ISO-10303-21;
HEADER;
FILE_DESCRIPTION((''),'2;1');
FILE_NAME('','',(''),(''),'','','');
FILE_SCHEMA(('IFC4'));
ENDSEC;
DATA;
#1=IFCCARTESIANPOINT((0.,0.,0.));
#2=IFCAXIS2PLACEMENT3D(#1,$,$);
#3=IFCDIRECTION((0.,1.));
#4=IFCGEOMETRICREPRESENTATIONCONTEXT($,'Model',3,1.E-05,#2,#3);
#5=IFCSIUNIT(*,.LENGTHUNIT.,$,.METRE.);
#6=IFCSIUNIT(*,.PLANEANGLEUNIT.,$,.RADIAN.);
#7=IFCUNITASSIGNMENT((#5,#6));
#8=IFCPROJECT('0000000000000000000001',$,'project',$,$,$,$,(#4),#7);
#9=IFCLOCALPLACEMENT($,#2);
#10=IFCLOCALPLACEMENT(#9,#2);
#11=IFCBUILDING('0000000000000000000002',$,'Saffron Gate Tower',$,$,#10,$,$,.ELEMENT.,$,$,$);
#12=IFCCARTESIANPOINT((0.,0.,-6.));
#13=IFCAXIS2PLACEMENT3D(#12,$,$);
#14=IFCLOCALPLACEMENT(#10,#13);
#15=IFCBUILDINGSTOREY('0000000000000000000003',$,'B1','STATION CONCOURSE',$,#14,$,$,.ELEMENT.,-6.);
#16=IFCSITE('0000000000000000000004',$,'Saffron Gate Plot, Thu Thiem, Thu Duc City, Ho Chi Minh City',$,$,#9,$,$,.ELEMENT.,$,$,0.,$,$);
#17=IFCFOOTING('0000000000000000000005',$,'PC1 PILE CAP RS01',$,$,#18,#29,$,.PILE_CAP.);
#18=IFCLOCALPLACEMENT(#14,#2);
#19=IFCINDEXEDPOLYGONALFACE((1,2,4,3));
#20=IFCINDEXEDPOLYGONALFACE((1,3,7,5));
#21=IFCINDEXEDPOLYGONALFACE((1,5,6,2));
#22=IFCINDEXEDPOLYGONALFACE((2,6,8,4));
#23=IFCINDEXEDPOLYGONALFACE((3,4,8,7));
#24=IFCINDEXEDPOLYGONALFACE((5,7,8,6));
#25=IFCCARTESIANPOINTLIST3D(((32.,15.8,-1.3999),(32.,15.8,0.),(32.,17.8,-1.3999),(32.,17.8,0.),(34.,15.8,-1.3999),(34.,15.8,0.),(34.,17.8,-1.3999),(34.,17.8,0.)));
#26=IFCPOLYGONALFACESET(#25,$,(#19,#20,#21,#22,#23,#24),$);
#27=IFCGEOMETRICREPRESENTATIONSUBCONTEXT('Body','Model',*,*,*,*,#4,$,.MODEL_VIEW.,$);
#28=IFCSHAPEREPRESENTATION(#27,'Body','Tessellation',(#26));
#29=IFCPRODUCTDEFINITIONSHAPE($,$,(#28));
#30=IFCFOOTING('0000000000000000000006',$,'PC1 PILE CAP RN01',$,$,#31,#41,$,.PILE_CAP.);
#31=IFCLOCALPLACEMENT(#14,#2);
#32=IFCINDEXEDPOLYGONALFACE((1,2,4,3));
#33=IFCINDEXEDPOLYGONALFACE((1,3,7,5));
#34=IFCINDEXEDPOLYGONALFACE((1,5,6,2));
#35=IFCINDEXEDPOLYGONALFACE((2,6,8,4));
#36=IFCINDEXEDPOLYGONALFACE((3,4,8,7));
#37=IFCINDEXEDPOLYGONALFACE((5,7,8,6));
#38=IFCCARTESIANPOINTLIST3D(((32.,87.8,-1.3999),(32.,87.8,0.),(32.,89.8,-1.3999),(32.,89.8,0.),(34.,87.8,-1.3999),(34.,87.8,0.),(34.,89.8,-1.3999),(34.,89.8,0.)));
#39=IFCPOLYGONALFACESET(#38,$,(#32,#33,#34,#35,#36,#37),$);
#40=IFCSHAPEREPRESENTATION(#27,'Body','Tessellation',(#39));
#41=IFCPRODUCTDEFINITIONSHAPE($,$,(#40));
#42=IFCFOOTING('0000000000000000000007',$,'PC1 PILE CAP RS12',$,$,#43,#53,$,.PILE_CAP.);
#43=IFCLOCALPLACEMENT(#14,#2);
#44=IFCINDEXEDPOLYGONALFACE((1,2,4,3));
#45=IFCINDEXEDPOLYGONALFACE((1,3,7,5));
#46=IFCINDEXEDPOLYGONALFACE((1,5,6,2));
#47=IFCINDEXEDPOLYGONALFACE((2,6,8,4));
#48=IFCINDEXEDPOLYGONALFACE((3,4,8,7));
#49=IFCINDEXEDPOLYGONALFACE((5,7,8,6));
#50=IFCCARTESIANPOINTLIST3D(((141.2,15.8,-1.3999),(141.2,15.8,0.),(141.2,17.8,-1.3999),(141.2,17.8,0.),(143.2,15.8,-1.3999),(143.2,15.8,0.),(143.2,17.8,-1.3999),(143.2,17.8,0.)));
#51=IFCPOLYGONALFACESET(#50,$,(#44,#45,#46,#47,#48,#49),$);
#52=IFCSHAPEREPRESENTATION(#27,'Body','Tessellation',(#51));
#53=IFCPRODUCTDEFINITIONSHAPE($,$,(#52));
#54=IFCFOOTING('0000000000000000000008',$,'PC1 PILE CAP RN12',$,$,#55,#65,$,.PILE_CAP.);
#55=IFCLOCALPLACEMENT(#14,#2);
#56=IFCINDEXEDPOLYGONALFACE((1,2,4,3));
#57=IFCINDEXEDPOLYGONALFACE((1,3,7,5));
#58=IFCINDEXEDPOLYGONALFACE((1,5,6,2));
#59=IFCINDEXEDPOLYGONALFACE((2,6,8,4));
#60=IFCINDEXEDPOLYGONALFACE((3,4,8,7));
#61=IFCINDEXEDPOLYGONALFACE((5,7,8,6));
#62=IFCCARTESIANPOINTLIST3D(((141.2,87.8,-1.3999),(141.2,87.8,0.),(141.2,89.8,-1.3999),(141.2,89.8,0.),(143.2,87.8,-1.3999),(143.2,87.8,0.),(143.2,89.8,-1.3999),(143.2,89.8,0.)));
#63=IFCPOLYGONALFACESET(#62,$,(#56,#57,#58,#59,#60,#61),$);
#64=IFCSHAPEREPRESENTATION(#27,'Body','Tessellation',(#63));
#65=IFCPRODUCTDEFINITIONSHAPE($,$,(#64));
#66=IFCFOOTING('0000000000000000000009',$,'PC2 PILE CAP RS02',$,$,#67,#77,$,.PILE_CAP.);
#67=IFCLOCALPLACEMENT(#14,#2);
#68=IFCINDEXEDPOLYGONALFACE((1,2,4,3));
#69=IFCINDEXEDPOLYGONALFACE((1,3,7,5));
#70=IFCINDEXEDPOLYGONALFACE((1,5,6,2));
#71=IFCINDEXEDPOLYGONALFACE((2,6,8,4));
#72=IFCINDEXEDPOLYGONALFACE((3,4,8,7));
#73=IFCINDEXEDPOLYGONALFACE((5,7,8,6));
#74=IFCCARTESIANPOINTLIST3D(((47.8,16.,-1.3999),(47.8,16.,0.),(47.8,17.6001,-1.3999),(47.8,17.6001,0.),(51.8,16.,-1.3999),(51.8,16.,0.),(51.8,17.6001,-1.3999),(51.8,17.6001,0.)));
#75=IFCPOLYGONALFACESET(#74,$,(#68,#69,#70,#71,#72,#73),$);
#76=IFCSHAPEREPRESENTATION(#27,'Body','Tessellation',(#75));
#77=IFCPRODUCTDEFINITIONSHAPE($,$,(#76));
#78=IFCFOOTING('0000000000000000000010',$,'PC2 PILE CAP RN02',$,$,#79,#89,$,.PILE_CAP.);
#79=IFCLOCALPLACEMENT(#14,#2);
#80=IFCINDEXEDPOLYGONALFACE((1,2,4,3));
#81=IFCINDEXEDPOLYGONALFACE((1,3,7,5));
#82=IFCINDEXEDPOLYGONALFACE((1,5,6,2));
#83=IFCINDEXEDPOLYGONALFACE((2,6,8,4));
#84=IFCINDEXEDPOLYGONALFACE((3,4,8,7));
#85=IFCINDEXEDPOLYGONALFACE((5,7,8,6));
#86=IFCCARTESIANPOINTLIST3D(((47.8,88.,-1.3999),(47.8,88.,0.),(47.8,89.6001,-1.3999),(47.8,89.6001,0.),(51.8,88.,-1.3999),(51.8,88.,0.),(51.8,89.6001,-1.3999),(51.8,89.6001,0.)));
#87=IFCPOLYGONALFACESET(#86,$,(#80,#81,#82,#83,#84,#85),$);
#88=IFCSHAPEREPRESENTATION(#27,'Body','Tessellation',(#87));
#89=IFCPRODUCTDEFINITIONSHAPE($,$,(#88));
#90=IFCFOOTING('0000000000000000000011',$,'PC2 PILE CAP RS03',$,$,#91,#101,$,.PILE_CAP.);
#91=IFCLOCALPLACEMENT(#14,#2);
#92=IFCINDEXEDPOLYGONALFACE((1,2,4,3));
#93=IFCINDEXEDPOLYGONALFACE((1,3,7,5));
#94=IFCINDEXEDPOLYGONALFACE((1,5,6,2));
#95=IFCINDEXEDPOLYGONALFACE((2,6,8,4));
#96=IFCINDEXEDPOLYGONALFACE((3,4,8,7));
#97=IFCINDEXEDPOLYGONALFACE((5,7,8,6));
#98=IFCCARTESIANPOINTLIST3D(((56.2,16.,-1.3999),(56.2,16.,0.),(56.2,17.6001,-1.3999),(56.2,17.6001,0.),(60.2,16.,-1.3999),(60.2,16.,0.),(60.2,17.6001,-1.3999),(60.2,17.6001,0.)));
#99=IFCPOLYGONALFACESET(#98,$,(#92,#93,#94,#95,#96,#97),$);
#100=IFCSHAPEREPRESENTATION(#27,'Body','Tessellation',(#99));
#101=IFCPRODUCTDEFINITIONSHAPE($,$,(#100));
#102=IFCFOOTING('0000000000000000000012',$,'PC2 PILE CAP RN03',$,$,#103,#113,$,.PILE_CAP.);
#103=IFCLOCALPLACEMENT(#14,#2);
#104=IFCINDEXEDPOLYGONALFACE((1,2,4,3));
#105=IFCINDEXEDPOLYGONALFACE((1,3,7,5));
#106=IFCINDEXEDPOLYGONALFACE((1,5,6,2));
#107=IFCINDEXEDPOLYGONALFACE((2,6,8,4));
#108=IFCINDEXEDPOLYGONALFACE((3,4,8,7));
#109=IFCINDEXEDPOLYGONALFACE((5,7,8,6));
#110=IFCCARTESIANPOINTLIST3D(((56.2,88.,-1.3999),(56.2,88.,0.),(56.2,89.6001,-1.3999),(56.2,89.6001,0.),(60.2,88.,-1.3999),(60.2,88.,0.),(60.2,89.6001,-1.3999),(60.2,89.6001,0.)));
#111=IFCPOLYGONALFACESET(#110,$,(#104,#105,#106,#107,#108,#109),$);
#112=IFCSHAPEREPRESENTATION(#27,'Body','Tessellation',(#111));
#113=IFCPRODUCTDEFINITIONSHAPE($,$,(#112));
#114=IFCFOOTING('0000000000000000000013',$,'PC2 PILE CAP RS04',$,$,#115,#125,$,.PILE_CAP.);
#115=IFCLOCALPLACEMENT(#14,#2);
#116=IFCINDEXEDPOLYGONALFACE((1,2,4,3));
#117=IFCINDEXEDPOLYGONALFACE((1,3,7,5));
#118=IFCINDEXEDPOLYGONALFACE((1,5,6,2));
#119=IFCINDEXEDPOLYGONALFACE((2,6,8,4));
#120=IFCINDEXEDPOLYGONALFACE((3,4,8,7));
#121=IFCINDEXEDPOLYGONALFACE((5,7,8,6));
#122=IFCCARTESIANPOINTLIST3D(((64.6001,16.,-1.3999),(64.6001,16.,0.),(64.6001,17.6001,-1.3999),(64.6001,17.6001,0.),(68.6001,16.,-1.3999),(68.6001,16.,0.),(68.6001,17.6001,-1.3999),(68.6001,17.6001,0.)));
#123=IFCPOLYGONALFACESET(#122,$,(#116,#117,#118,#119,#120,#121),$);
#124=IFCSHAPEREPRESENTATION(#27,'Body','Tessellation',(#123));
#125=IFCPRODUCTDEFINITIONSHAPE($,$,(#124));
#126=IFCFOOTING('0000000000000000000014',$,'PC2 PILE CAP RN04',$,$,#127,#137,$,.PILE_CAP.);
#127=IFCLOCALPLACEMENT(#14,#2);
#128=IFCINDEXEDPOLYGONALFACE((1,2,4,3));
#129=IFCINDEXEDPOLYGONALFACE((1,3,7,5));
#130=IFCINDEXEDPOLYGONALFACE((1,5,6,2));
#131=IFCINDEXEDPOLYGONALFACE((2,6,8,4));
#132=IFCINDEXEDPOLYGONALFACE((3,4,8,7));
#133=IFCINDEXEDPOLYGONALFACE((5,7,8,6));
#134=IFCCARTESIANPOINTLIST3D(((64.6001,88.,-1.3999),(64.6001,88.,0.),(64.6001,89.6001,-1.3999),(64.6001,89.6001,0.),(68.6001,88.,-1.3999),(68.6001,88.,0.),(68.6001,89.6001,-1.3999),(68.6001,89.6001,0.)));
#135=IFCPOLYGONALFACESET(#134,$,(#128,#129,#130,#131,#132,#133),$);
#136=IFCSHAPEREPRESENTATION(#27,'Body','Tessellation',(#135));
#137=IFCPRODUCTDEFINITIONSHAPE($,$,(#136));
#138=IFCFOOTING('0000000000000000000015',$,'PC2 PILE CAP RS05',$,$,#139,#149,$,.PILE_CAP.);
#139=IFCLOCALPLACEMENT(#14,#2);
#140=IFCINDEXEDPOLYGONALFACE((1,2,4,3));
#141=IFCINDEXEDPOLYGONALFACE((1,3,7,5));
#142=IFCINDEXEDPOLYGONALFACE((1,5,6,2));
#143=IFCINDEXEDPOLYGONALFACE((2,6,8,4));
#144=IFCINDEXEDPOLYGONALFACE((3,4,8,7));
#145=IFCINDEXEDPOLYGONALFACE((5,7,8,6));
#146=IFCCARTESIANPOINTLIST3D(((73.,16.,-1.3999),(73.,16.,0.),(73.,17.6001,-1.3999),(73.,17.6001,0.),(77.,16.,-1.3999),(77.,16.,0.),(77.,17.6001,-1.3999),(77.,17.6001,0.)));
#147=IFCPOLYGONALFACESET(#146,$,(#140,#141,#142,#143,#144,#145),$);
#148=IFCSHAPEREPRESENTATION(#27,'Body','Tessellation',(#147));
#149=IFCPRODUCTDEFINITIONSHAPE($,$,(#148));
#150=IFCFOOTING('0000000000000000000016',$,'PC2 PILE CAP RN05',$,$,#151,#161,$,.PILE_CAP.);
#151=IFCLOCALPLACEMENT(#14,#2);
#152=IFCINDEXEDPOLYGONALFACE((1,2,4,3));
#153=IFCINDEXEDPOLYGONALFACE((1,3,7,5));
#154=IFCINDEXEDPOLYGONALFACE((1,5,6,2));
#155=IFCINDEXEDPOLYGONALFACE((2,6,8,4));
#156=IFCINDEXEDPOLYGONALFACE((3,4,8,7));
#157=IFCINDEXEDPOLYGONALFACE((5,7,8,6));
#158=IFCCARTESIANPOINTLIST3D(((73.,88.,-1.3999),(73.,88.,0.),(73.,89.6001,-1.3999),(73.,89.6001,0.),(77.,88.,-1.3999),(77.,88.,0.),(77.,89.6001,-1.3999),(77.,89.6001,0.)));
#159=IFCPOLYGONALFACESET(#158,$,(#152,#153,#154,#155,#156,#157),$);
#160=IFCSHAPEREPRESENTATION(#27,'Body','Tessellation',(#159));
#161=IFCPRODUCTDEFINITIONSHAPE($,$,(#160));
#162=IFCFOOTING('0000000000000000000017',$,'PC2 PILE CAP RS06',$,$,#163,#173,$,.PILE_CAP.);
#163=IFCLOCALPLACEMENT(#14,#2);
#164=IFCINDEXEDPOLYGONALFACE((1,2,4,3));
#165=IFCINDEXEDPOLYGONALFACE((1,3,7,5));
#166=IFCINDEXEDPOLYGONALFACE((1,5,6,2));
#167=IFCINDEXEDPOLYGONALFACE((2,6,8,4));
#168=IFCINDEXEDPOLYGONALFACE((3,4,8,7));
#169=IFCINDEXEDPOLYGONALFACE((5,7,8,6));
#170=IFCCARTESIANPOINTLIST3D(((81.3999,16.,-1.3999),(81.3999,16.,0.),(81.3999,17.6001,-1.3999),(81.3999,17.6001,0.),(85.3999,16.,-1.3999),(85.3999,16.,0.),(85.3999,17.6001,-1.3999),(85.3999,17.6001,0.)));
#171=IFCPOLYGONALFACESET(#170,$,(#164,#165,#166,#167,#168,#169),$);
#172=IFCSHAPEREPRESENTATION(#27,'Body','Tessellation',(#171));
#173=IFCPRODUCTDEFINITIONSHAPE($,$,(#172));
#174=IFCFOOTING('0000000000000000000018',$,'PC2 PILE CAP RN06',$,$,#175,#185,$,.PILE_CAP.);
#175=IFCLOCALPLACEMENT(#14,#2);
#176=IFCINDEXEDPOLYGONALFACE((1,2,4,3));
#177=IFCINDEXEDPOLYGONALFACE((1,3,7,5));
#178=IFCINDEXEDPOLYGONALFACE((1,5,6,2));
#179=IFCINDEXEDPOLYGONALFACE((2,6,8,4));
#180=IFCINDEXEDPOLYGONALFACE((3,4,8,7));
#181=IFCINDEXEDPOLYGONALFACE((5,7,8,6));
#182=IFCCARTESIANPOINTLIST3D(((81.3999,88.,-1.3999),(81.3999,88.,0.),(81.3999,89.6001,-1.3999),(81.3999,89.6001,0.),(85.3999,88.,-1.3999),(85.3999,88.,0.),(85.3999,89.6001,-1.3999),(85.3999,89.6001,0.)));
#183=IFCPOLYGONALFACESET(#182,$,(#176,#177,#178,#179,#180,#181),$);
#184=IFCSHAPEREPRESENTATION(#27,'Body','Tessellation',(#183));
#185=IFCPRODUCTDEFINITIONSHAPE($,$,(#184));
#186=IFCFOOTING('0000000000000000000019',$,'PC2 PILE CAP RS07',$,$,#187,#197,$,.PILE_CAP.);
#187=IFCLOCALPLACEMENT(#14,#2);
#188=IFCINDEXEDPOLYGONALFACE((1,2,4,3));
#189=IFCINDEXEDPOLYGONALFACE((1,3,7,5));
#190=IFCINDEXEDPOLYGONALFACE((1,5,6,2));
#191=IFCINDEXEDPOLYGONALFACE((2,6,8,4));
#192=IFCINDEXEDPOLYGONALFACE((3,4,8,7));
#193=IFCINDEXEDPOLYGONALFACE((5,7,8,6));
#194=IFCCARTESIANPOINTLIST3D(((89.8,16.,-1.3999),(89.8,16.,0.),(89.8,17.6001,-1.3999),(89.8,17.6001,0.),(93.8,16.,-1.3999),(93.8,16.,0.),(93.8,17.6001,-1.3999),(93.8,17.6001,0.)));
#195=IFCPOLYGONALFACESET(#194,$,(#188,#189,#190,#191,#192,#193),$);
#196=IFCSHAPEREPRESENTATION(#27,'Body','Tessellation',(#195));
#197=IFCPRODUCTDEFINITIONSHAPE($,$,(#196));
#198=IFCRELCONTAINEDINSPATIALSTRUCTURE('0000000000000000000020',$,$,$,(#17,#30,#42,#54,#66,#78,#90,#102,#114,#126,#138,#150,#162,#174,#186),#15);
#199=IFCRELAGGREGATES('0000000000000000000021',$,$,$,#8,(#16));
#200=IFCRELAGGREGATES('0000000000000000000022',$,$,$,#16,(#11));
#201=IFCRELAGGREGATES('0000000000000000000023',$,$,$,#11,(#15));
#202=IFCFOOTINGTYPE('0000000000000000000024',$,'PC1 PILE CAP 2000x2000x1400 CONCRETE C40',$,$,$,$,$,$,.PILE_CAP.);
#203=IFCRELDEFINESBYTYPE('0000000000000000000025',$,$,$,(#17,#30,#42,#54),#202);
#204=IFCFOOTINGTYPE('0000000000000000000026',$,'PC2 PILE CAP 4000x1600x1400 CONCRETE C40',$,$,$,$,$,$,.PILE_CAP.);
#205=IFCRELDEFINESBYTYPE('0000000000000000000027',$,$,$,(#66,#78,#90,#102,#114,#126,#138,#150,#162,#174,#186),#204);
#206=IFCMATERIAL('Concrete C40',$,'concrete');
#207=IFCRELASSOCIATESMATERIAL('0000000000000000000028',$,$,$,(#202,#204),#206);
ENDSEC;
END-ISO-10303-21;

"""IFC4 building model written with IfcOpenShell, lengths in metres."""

from ifc_helpers import new_model, si_unit, direction, frame, origin, place, context, subcontext, project, spatial, polyline, outline, extrude, material, type_object, element, save


model = new_model("IFC4")

# Units and contexts
model_context = context("Model", 3, precision=1e-05, world=origin(), true_north=direction((0.0, 1.0)))
body_context = subcontext(model_context, "Body", "Model", "MODEL_VIEW")
ifc_project = project(units=[si_unit("LENGTHUNIT", "METRE"), si_unit("PLANEANGLEUNIT", "RADIAN")], contexts=[model_context])

# Site, building, storey
site_placement = place(None, origin())
site = spatial("IfcSite", under=ifc_project, at=site_placement, Name="Saffron Gate Plot, Thu Thiem, Thu Duc City, Ho Chi Minh City", CompositionType="ELEMENT", RefElevation=0.0)
building_placement = place(site_placement, origin())
building = spatial("IfcBuilding", under=site, at=building_placement, Name="Saffron Gate Tower", CompositionType="ELEMENT")
storey_placement = place(building_placement, frame((0.0, 0.0, -6.0)))
storey = spatial("IfcBuildingStorey", under=building, at=storey_placement, Name="B1", Description="STATION CONCOURSE", CompositionType="ELEMENT", Elevation=-6.0)

# Footings
ifc_material = material(Name="Concrete C40", Category="concrete")
footing_type_1 = type_object("IfcFootingType", Name="PC1 PILE CAP 2000x2000x1400 CONCRETE C40", PredefinedType="PILE_CAP", material=ifc_material)
footing_1_placement = place(storey_placement, frame((0.0, 0.0, -1.3999)))
element("IfcFooting", 1, at=footing_1_placement, inside=storey, type_object=footing_type_1, Name="PC1 PILE CAP RS01", PredefinedType="PILE_CAP", context=body_context, shape_type="SweptSolid", body=[
    extrude(outline(polyline([(32.0, 15.8), (34.0, 15.8), (34.0, 17.8), (32.0, 17.8), (32.0, 15.8)])), origin(), (0.0, 0.0, 1.0), 1.3999),
])
footing_2_placement = place(storey_placement, frame((0.0, 0.0, -1.3999)))
element("IfcFooting", 2, at=footing_2_placement, inside=storey, type_object=footing_type_1, Name="PC1 PILE CAP RN01", PredefinedType="PILE_CAP", context=body_context, shape_type="SweptSolid", body=[
    extrude(outline(polyline([(32.0, 87.8), (34.0, 87.8), (34.0, 89.8), (32.0, 89.8), (32.0, 87.8)])), origin(), (0.0, 0.0, 1.0), 1.3999),
])
footing_3_placement = place(storey_placement, frame((0.0, 0.0, -1.3999)))
element("IfcFooting", 3, at=footing_3_placement, inside=storey, type_object=footing_type_1, Name="PC1 PILE CAP RS12", PredefinedType="PILE_CAP", context=body_context, shape_type="SweptSolid", body=[
    extrude(outline(polyline([(141.2, 15.8), (143.2, 15.8), (143.2, 17.8), (141.2, 17.8), (141.2, 15.8)])), origin(), (0.0, 0.0, 1.0), 1.3999),
])
footing_4_placement = place(storey_placement, frame((0.0, 0.0, -1.3999)))
element("IfcFooting", 4, at=footing_4_placement, inside=storey, type_object=footing_type_1, Name="PC1 PILE CAP RN12", PredefinedType="PILE_CAP", context=body_context, shape_type="SweptSolid", body=[
    extrude(outline(polyline([(141.2, 87.8), (143.2, 87.8), (143.2, 89.8), (141.2, 89.8), (141.2, 87.8)])), origin(), (0.0, 0.0, 1.0), 1.3999),
])
footing_type_2 = type_object("IfcFootingType", Name="PC2 PILE CAP 4000x1600x1400 CONCRETE C40", PredefinedType="PILE_CAP", material=ifc_material)
footing_5_placement = place(storey_placement, frame((0.0, 0.0, -1.3999)))
element("IfcFooting", 5, at=footing_5_placement, inside=storey, type_object=footing_type_2, Name="PC2 PILE CAP RS02", PredefinedType="PILE_CAP", context=body_context, shape_type="SweptSolid", body=[
    extrude(outline(polyline([(47.8, 16.0), (51.8, 16.0), (51.8, 17.6001), (47.8, 17.6001), (47.8, 16.0)])), origin(), (0.0, 0.0, 1.0), 1.3999),
])
footing_6_placement = place(storey_placement, frame((0.0, 0.0, -1.3999)))
element("IfcFooting", 6, at=footing_6_placement, inside=storey, type_object=footing_type_2, Name="PC2 PILE CAP RN02", PredefinedType="PILE_CAP", context=body_context, shape_type="SweptSolid", body=[
    extrude(outline(polyline([(47.8, 88.0), (51.8, 88.0), (51.8, 89.6001), (47.8, 89.6001), (47.8, 88.0)])), origin(), (0.0, 0.0, 1.0), 1.3999),
])
footing_7_placement = place(storey_placement, frame((0.0, 0.0, -1.3999)))
element("IfcFooting", 7, at=footing_7_placement, inside=storey, type_object=footing_type_2, Name="PC2 PILE CAP RS03", PredefinedType="PILE_CAP", context=body_context, shape_type="SweptSolid", body=[
    extrude(outline(polyline([(56.2, 16.0), (60.2, 16.0), (60.2, 17.6001), (56.2, 17.6001), (56.2, 16.0)])), origin(), (0.0, 0.0, 1.0), 1.3999),
])
footing_8_placement = place(storey_placement, frame((0.0, 0.0, -1.3999)))
element("IfcFooting", 8, at=footing_8_placement, inside=storey, type_object=footing_type_2, Name="PC2 PILE CAP RN03", PredefinedType="PILE_CAP", context=body_context, shape_type="SweptSolid", body=[
    extrude(outline(polyline([(56.2, 88.0), (60.2, 88.0), (60.2, 89.6001), (56.2, 89.6001), (56.2, 88.0)])), origin(), (0.0, 0.0, 1.0), 1.3999),
])
footing_9_placement = place(storey_placement, frame((0.0, 0.0, -1.3999)))
element("IfcFooting", 9, at=footing_9_placement, inside=storey, type_object=footing_type_2, Name="PC2 PILE CAP RS04", PredefinedType="PILE_CAP", context=body_context, shape_type="SweptSolid", body=[
    extrude(outline(polyline([(64.6001, 16.0), (68.6001, 16.0), (68.6001, 17.6001), (64.6001, 17.6001), (64.6001, 16.0)])), origin(), (0.0, 0.0, 1.0), 1.3999),
])
footing_10_placement = place(storey_placement, frame((0.0, 0.0, -1.3999)))
element("IfcFooting", 10, at=footing_10_placement, inside=storey, type_object=footing_type_2, Name="PC2 PILE CAP RN04", PredefinedType="PILE_CAP", context=body_context, shape_type="SweptSolid", body=[
    extrude(outline(polyline([(64.6001, 88.0), (68.6001, 88.0), (68.6001, 89.6001), (64.6001, 89.6001), (64.6001, 88.0)])), origin(), (0.0, 0.0, 1.0), 1.3999),
])
footing_11_placement = place(storey_placement, frame((0.0, 0.0, -1.3999)))
element("IfcFooting", 11, at=footing_11_placement, inside=storey, type_object=footing_type_2, Name="PC2 PILE CAP RS05", PredefinedType="PILE_CAP", context=body_context, shape_type="SweptSolid", body=[
    extrude(outline(polyline([(73.0, 16.0), (77.0, 16.0), (77.0, 17.6001), (73.0, 17.6001), (73.0, 16.0)])), origin(), (0.0, 0.0, 1.0), 1.3999),
])
footing_12_placement = place(storey_placement, frame((0.0, 0.0, -1.3999)))
element("IfcFooting", 12, at=footing_12_placement, inside=storey, type_object=footing_type_2, Name="PC2 PILE CAP RN05", PredefinedType="PILE_CAP", context=body_context, shape_type="SweptSolid", body=[
    extrude(outline(polyline([(73.0, 88.0), (77.0, 88.0), (77.0, 89.6001), (73.0, 89.6001), (73.0, 88.0)])), origin(), (0.0, 0.0, 1.0), 1.3999),
])
footing_13_placement = place(storey_placement, frame((0.0, 0.0, -1.3999)))
element("IfcFooting", 13, at=footing_13_placement, inside=storey, type_object=footing_type_2, Name="PC2 PILE CAP RS06", PredefinedType="PILE_CAP", context=body_context, shape_type="SweptSolid", body=[
    extrude(outline(polyline([(81.3999, 16.0), (85.3999, 16.0), (85.3999, 17.6001), (81.3999, 17.6001), (81.3999, 16.0)])), origin(), (0.0, 0.0, 1.0), 1.3999),
])
footing_14_placement = place(storey_placement, frame((0.0, 0.0, -1.3999)))
element("IfcFooting", 14, at=footing_14_placement, inside=storey, type_object=footing_type_2, Name="PC2 PILE CAP RN06", PredefinedType="PILE_CAP", context=body_context, shape_type="SweptSolid", body=[
    extrude(outline(polyline([(81.3999, 88.0), (85.3999, 88.0), (85.3999, 89.6001), (81.3999, 89.6001), (81.3999, 88.0)])), origin(), (0.0, 0.0, 1.0), 1.3999),
])
footing_15_placement = place(storey_placement, frame((0.0, 0.0, -1.3999)))
element("IfcFooting", 15, at=footing_15_placement, inside=storey, type_object=footing_type_2, Name="PC2 PILE CAP RS07", PredefinedType="PILE_CAP", context=body_context, shape_type="SweptSolid", body=[
    extrude(outline(polyline([(89.8, 16.0), (93.8, 16.0), (93.8, 17.6001), (89.8, 17.6001), (89.8, 16.0)])), origin(), (0.0, 0.0, 1.0), 1.3999),
])

save(model, "model.ifc")
